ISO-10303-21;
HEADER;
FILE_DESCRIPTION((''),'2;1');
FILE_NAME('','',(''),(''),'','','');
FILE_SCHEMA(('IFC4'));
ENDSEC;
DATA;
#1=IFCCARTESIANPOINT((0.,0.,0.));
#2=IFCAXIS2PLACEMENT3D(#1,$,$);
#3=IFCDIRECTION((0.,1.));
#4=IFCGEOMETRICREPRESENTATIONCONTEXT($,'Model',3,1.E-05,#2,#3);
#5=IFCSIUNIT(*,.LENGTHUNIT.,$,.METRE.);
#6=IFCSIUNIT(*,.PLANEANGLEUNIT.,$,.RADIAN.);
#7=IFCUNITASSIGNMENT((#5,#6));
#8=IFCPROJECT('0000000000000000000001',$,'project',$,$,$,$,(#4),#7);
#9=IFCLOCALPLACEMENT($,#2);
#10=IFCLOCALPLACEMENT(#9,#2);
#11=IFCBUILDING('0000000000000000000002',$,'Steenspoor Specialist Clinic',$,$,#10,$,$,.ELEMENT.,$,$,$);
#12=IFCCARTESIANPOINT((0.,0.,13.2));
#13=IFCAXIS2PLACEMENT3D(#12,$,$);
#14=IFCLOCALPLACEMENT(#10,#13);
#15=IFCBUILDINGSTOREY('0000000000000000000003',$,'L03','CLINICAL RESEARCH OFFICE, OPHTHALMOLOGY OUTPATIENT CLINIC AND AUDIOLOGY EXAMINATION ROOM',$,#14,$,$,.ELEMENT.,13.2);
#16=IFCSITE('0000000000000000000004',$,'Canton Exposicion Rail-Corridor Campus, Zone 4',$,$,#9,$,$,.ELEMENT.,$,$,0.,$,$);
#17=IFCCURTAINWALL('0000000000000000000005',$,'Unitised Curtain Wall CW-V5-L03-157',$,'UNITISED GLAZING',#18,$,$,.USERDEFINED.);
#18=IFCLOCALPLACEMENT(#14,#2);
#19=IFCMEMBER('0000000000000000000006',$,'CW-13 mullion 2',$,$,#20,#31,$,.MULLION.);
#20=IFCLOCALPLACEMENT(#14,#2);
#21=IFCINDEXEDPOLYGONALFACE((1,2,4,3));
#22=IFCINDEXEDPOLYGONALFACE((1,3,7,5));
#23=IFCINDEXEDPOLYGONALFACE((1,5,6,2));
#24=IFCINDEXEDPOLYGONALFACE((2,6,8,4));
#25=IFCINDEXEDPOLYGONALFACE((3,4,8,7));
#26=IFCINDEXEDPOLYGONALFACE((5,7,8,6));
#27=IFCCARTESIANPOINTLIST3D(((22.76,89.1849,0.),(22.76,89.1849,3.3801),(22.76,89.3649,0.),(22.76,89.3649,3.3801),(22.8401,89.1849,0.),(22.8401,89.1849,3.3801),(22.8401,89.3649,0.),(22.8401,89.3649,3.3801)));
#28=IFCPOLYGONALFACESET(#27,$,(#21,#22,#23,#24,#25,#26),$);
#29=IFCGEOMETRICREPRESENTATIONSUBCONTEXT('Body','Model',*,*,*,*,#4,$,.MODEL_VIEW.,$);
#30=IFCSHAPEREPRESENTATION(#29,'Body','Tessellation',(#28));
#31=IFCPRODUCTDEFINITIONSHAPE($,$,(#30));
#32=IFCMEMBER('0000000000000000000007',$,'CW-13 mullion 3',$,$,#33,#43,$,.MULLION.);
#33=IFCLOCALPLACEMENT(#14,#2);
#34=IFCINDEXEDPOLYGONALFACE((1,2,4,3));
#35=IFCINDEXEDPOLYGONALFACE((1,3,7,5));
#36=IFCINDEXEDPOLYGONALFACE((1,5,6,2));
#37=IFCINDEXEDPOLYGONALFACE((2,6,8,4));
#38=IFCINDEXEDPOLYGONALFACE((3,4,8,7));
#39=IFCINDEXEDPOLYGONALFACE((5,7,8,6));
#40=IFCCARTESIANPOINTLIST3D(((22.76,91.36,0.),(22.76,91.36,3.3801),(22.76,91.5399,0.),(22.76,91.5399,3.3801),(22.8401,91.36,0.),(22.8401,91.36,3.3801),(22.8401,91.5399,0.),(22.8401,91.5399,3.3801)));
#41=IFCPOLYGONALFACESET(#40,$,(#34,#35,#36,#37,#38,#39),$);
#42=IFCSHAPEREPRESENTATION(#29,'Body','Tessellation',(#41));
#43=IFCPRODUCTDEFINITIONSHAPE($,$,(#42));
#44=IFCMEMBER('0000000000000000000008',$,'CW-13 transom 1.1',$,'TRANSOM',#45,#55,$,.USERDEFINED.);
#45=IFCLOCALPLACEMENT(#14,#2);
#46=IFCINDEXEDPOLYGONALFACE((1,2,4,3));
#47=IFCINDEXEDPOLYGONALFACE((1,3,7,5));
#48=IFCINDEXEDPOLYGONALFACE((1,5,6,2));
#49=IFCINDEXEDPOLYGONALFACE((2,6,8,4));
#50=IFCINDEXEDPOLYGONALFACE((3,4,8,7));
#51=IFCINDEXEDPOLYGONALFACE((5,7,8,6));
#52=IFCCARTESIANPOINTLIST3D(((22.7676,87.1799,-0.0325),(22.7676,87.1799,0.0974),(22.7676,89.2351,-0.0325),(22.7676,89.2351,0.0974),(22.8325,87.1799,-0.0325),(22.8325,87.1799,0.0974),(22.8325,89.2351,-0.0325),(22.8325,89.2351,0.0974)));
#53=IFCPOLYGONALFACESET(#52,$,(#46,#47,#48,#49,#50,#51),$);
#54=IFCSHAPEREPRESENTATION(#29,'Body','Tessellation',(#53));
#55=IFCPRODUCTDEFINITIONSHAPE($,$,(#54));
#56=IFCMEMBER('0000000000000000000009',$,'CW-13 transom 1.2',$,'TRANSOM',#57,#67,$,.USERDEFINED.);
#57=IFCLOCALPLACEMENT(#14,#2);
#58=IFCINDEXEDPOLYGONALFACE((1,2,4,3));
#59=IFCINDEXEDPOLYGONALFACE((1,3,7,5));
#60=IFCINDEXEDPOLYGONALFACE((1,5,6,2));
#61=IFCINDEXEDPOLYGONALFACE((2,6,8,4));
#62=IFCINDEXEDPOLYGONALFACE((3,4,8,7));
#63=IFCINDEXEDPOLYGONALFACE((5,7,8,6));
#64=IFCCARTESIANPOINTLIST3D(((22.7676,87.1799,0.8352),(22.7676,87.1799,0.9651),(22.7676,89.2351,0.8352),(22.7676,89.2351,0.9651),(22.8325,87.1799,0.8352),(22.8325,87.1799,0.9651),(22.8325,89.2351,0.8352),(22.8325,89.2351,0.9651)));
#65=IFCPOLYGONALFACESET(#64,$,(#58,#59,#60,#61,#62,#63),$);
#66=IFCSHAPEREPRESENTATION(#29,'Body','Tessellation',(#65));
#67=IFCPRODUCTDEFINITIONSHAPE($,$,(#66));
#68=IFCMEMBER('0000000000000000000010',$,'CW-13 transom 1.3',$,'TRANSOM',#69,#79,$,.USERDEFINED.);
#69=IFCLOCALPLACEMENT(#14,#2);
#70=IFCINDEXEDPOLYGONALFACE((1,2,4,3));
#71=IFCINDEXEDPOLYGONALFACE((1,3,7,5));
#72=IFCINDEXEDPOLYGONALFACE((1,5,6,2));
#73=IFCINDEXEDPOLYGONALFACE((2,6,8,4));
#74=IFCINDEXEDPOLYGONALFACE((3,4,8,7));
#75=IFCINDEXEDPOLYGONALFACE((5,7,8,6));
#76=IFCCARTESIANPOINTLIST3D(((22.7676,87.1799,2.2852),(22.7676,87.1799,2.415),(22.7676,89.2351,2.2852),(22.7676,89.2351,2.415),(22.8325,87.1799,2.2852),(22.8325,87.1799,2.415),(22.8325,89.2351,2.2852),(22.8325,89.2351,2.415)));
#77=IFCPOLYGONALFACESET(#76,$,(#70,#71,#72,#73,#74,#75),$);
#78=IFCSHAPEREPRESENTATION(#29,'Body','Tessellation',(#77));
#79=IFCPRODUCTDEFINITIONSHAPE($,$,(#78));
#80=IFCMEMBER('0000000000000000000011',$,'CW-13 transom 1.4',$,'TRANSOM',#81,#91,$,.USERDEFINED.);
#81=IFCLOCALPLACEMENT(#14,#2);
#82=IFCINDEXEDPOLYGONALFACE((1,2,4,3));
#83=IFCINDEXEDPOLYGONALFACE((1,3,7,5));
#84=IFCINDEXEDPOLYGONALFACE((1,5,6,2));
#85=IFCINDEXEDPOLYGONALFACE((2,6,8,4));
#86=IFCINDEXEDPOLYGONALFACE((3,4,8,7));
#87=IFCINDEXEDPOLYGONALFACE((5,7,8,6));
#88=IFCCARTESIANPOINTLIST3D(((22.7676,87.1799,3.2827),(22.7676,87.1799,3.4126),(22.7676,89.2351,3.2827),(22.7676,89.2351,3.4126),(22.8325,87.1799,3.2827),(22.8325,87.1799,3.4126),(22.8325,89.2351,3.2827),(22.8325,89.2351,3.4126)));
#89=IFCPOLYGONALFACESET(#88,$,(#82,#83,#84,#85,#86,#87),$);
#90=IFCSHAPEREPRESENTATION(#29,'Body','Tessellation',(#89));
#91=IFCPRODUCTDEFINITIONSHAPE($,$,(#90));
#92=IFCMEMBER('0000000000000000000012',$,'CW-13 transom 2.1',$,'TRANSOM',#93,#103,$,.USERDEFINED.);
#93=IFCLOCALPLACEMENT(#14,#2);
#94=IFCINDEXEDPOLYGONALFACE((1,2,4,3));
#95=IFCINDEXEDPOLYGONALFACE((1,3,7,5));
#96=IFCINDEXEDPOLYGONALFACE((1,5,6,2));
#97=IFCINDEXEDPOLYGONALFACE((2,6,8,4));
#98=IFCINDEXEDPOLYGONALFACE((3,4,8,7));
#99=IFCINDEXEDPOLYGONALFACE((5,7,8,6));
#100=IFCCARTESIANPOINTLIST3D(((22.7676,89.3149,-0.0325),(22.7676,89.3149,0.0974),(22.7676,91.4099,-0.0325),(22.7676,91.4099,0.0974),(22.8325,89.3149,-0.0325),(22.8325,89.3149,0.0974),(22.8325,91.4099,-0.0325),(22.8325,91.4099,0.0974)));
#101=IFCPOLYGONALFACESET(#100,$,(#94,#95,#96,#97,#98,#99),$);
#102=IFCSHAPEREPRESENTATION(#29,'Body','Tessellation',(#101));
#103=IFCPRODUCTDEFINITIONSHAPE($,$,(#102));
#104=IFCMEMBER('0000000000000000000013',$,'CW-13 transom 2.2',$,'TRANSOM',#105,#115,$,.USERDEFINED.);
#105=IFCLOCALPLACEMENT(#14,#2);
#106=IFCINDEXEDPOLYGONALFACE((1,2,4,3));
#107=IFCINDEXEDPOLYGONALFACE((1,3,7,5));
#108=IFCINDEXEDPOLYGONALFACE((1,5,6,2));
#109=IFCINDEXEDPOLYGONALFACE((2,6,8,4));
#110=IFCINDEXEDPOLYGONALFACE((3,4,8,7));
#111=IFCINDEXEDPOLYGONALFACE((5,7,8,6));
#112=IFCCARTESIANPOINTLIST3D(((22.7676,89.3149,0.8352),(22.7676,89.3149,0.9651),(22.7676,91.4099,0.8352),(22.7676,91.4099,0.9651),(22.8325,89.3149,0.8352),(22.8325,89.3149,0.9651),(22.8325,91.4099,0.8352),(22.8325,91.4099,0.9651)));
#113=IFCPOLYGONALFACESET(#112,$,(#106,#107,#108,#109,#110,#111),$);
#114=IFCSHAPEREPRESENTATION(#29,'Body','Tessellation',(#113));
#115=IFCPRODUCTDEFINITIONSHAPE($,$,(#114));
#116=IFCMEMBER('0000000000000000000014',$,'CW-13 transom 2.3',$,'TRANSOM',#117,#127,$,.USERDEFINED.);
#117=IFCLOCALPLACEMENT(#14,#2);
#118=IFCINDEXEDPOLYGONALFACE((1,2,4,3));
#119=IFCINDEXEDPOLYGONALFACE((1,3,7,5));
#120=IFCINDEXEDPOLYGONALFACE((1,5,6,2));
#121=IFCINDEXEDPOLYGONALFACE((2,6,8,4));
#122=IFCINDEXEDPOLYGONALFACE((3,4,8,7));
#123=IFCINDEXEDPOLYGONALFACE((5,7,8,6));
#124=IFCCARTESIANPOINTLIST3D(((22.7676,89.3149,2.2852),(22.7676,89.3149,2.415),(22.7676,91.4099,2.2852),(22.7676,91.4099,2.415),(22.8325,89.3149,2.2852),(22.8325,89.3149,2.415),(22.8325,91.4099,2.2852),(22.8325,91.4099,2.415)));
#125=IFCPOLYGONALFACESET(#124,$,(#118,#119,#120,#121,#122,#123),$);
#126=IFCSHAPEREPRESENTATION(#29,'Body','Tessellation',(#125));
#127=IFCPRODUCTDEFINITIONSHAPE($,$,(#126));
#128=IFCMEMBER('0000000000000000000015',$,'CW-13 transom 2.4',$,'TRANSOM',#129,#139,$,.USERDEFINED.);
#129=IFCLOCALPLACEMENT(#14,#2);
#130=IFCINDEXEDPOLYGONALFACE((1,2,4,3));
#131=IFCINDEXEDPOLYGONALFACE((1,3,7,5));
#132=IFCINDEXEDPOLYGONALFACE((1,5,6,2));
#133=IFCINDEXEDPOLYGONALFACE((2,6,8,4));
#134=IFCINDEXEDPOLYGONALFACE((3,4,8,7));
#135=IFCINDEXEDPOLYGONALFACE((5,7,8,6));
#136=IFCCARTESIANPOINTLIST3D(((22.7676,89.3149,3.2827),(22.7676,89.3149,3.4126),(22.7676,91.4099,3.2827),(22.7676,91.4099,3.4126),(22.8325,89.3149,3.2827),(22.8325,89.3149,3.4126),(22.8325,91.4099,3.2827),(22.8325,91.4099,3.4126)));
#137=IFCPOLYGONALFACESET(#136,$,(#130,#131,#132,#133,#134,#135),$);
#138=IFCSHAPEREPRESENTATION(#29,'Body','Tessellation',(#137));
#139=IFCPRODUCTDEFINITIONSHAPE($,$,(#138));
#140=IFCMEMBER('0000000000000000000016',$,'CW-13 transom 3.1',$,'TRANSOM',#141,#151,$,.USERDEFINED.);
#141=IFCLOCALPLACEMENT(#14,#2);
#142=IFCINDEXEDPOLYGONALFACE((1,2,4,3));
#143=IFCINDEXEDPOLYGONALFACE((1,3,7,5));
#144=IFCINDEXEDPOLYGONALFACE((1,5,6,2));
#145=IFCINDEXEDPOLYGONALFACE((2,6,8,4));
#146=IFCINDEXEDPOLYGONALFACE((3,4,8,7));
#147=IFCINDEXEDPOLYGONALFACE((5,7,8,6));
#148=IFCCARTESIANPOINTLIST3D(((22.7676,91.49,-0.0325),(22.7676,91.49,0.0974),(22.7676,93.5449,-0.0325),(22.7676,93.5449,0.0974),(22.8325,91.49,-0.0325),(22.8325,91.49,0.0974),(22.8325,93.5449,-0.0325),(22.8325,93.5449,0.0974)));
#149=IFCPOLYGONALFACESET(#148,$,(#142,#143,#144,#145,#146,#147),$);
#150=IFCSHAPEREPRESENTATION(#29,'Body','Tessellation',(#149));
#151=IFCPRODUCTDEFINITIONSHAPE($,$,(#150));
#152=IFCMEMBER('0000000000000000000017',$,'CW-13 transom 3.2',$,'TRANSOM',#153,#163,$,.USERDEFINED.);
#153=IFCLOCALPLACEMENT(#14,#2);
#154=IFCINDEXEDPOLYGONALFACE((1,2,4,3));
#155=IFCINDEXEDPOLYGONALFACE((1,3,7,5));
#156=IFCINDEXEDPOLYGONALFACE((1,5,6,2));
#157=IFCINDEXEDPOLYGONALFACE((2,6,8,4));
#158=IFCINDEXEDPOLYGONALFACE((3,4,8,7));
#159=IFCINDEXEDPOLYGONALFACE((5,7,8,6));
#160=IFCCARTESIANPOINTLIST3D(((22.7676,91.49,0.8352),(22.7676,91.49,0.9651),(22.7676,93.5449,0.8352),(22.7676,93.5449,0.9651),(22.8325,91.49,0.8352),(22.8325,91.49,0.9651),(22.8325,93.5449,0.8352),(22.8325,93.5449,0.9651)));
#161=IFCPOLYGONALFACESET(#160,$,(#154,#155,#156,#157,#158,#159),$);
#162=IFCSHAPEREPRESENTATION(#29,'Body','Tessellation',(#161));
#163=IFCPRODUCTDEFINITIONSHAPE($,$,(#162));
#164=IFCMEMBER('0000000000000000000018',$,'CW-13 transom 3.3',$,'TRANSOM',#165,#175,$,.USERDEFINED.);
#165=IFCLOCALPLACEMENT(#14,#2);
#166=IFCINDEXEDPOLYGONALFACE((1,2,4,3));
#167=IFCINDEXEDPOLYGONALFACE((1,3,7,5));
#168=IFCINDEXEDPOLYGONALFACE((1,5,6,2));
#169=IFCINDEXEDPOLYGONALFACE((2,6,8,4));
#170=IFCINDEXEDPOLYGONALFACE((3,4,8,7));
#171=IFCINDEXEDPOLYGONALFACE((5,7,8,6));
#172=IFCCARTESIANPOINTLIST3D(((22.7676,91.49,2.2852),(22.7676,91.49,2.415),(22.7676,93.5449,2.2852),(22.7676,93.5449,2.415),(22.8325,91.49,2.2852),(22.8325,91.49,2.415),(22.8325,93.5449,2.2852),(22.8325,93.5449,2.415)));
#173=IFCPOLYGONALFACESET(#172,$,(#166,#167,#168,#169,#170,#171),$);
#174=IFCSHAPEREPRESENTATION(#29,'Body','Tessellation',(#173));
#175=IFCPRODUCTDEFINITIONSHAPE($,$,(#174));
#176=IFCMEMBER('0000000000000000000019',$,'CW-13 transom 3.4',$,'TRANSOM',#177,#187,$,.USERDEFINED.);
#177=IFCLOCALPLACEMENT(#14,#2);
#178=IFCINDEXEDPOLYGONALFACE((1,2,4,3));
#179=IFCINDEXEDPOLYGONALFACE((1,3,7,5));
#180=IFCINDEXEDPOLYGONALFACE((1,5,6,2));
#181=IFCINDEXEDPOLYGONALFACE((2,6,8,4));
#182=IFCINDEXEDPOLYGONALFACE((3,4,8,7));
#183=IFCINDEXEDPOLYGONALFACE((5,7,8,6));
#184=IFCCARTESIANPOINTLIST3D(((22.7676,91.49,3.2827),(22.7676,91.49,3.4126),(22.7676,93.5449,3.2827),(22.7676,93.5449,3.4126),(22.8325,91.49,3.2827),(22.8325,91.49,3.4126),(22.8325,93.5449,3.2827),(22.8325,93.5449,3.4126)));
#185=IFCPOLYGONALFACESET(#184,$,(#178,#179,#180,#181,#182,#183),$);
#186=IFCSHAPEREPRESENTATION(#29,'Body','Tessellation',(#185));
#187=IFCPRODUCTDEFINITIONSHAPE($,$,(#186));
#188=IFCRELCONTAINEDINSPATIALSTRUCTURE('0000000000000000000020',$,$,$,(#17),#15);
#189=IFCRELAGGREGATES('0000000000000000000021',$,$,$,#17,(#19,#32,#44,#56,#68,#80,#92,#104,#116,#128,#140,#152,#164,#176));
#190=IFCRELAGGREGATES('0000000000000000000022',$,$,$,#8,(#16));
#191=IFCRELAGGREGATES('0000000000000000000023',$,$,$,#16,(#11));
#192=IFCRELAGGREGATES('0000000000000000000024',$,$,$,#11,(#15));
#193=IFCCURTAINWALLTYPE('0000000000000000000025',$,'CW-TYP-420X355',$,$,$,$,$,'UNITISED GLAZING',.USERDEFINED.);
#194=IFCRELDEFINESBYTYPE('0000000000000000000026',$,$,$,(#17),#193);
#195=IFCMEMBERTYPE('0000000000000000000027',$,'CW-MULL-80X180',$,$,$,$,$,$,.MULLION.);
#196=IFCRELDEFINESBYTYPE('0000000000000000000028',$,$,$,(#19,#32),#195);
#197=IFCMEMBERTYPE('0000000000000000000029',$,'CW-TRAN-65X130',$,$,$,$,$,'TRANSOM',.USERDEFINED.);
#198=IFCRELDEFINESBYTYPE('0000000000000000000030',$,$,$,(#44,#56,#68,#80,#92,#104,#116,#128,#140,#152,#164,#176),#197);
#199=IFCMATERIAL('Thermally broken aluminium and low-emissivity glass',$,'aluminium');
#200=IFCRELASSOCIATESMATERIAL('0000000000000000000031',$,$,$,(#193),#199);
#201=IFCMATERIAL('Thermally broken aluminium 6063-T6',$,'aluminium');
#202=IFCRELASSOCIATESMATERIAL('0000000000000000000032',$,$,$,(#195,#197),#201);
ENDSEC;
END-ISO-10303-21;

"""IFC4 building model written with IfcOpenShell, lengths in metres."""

from ifc_helpers import new_model, si_unit, direction, frame, origin, origin_2d, place, context, subcontext, project, spatial, rectangle, extrude, material, material_profile, profile_set, type_object, element, aggregate, save


model = new_model("IFC4")

# Units and contexts
model_context = context("Model", 3, precision=1e-05, world=origin(), true_north=direction((0.0, 1.0)))
body_context = subcontext(model_context, "Body", "Model", "MODEL_VIEW")
ifc_project = project(units=[si_unit("LENGTHUNIT", "METRE"), si_unit("PLANEANGLEUNIT", "RADIAN")], contexts=[model_context])

# Site, building, storey
site_placement = place(None, origin())
site = spatial("IfcSite", under=ifc_project, at=site_placement, Name="Canton Exposicion Rail-Corridor Campus, Zone 4", CompositionType="ELEMENT", RefElevation=0.0)
building_placement = place(site_placement, origin())
building = spatial("IfcBuilding", under=site, at=building_placement, Name="Steenspoor Specialist Clinic", CompositionType="ELEMENT")
storey_placement = place(building_placement, frame((0.0, 0.0, 13.2)))
storey = spatial("IfcBuildingStorey", under=building, at=storey_placement, Name="L03", Description="CLINICAL RESEARCH OFFICE, OPHTHALMOLOGY OUTPATIENT CLINIC AND AUDIOLOGY EXAMINATION ROOM", CompositionType="ELEMENT", Elevation=13.2)

# Curtain wall, members
ifc_material_1 = material(Name="Thermally broken aluminium and low-emissivity glass", Category="aluminium")
curtain_wall_type = type_object("IfcCurtainWallType", Name="CW-TYP-420X355", ElementType="UNITISED GLAZING", PredefinedType="USERDEFINED", material=ifc_material_1)
curtain_wall_placement = place(storey_placement, origin())
curtain_wall = element("IfcCurtainWall", 1, at=curtain_wall_placement, inside=storey, type_object=curtain_wall_type, Name="Unitised Curtain Wall CW-V5-L03-157", ObjectType="UNITISED GLAZING", PredefinedType="USERDEFINED")
ifc_material_2 = material(Name="Thermally broken aluminium 6063-T6", Category="aluminium")
ifc_material_profile_1 = material_profile(ifc_material_2, rectangle(XDim=0.0801, YDim=0.1799, at=origin_2d()), Name="CWM-80X180")
ifc_profile_set_1 = profile_set([ifc_material_profile_1], Name="Thermally broken aluminium 6063-T6")
member_type_1 = type_object("IfcMemberType", Name="CW-MULL-80X180", PredefinedType="MULLION", material=ifc_profile_set_1)
member_1_placement = place(storey_placement, frame((22.8, 89.2749, 0.0), z_axis=(0.0, 0.0, 1.0), x_axis=(-1.0, 0.0, 0.0)))
member_1 = element("IfcMember", 2, at=member_1_placement, type_object=member_type_1, Name="CW-13 mullion 2", PredefinedType="MULLION", context=body_context, shape_type="SweptSolid", body=[
    extrude(rectangle(XDim=0.0801, YDim=0.1799, at=origin_2d()), origin(), (0.0, 0.0, 1.0), 3.3801),
])
member_2_placement = place(storey_placement, frame((22.8, 91.45, 0.0), z_axis=(0.0, 0.0, 1.0), x_axis=(-1.0, 0.0, 0.0)))
member_2 = element("IfcMember", 3, at=member_2_placement, type_object=member_type_1, Name="CW-13 mullion 3", PredefinedType="MULLION", context=body_context, shape_type="SweptSolid", body=[
    extrude(rectangle(XDim=0.0801, YDim=0.1799, at=origin_2d()), origin(), (0.0, 0.0, 1.0), 3.3801),
])
ifc_material_profile_2 = material_profile(ifc_material_2, rectangle(XDim=0.0649, YDim=0.1299, at=origin_2d()), Name="CWT-65X130")
ifc_profile_set_2 = profile_set([ifc_material_profile_2], Name="Thermally broken aluminium 6063-T6")
member_type_2 = type_object("IfcMemberType", Name="CW-TRAN-65X130", ElementType="TRANSOM", PredefinedType="USERDEFINED", material=ifc_profile_set_2)
member_3_placement = place(storey_placement, frame((22.8, 87.1799, 0.0325), z_axis=(0.0, 1.0, 0.0), x_axis=(-1.0, 0.0, 0.0)))
member_3 = element("IfcMember", 4, at=member_3_placement, type_object=member_type_2, Name="CW-13 transom 1.1", ObjectType="TRANSOM", PredefinedType="USERDEFINED", context=body_context, shape_type="SweptSolid", body=[
    extrude(rectangle(XDim=0.0649, YDim=0.1299, at=origin_2d()), origin(), (0.0, 0.0, 1.0), 2.0552),
])
member_4_placement = place(storey_placement, frame((22.8, 87.1799, 0.9001), z_axis=(0.0, 1.0, 0.0), x_axis=(-1.0, 0.0, 0.0)))
member_4 = element("IfcMember", 5, at=member_4_placement, type_object=member_type_2, Name="CW-13 transom 1.2", ObjectType="TRANSOM", PredefinedType="USERDEFINED", context=body_context, shape_type="SweptSolid", body=[
    extrude(rectangle(XDim=0.0649, YDim=0.1299, at=origin_2d()), origin(), (0.0, 0.0, 1.0), 2.0552),
])
member_5_placement = place(storey_placement, frame((22.8, 87.1799, 2.3501), z_axis=(0.0, 1.0, 0.0), x_axis=(-1.0, 0.0, 0.0)))
member_5 = element("IfcMember", 6, at=member_5_placement, type_object=member_type_2, Name="CW-13 transom 1.3", ObjectType="TRANSOM", PredefinedType="USERDEFINED", context=body_context, shape_type="SweptSolid", body=[
    extrude(rectangle(XDim=0.0649, YDim=0.1299, at=origin_2d()), origin(), (0.0, 0.0, 1.0), 2.0552),
])
member_6_placement = place(storey_placement, frame((22.8, 87.1799, 3.3477), z_axis=(0.0, 1.0, 0.0), x_axis=(-1.0, 0.0, 0.0)))
member_6 = element("IfcMember", 7, at=member_6_placement, type_object=member_type_2, Name="CW-13 transom 1.4", ObjectType="TRANSOM", PredefinedType="USERDEFINED", context=body_context, shape_type="SweptSolid", body=[
    extrude(rectangle(XDim=0.0649, YDim=0.1299, at=origin_2d()), origin(), (0.0, 0.0, 1.0), 2.0552),
])
member_7_placement = place(storey_placement, frame((22.8, 89.3149, 0.0325), z_axis=(0.0, 1.0, 0.0), x_axis=(-1.0, 0.0, 0.0)))
member_7 = element("IfcMember", 8, at=member_7_placement, type_object=member_type_2, Name="CW-13 transom 2.1", ObjectType="TRANSOM", PredefinedType="USERDEFINED", context=body_context, shape_type="SweptSolid", body=[
    extrude(rectangle(XDim=0.0649, YDim=0.1299, at=origin_2d()), origin(), (0.0, 0.0, 1.0), 2.095),
])
member_8_placement = place(storey_placement, frame((22.8, 89.3149, 0.9001), z_axis=(0.0, 1.0, 0.0), x_axis=(-1.0, 0.0, 0.0)))
member_8 = element("IfcMember", 9, at=member_8_placement, type_object=member_type_2, Name="CW-13 transom 2.2", ObjectType="TRANSOM", PredefinedType="USERDEFINED", context=body_context, shape_type="SweptSolid", body=[
    extrude(rectangle(XDim=0.0649, YDim=0.1299, at=origin_2d()), origin(), (0.0, 0.0, 1.0), 2.095),
])
member_9_placement = place(storey_placement, frame((22.8, 89.3149, 2.3501), z_axis=(0.0, 1.0, 0.0), x_axis=(-1.0, 0.0, 0.0)))
member_9 = element("IfcMember", 10, at=member_9_placement, type_object=member_type_2, Name="CW-13 transom 2.3", ObjectType="TRANSOM", PredefinedType="USERDEFINED", context=body_context, shape_type="SweptSolid", body=[
    extrude(rectangle(XDim=0.0649, YDim=0.1299, at=origin_2d()), origin(), (0.0, 0.0, 1.0), 2.095),
])
member_10_placement = place(storey_placement, frame((22.8, 89.3149, 3.3477), z_axis=(0.0, 1.0, 0.0), x_axis=(-1.0, 0.0, 0.0)))
member_10 = element("IfcMember", 11, at=member_10_placement, type_object=member_type_2, Name="CW-13 transom 2.4", ObjectType="TRANSOM", PredefinedType="USERDEFINED", context=body_context, shape_type="SweptSolid", body=[
    extrude(rectangle(XDim=0.0649, YDim=0.1299, at=origin_2d()), origin(), (0.0, 0.0, 1.0), 2.095),
])
member_11_placement = place(storey_placement, frame((22.8, 91.49, 0.0325), z_axis=(0.0, 1.0, 0.0), x_axis=(-1.0, 0.0, 0.0)))
member_11 = element("IfcMember", 12, at=member_11_placement, type_object=member_type_2, Name="CW-13 transom 3.1", ObjectType="TRANSOM", PredefinedType="USERDEFINED", context=body_context, shape_type="SweptSolid", body=[
    extrude(rectangle(XDim=0.0649, YDim=0.1299, at=origin_2d()), origin(), (0.0, 0.0, 1.0), 2.0549),
])
member_12_placement = place(storey_placement, frame((22.8, 91.49, 0.9001), z_axis=(0.0, 1.0, 0.0), x_axis=(-1.0, 0.0, 0.0)))
member_12 = element("IfcMember", 13, at=member_12_placement, type_object=member_type_2, Name="CW-13 transom 3.2", ObjectType="TRANSOM", PredefinedType="USERDEFINED", context=body_context, shape_type="SweptSolid", body=[
    extrude(rectangle(XDim=0.0649, YDim=0.1299, at=origin_2d()), origin(), (0.0, 0.0, 1.0), 2.0549),
])
member_13_placement = place(storey_placement, frame((22.8, 91.49, 2.3501), z_axis=(0.0, 1.0, 0.0), x_axis=(-1.0, 0.0, 0.0)))
member_13 = element("IfcMember", 14, at=member_13_placement, type_object=member_type_2, Name="CW-13 transom 3.3", ObjectType="TRANSOM", PredefinedType="USERDEFINED", context=body_context, shape_type="SweptSolid", body=[
    extrude(rectangle(XDim=0.0649, YDim=0.1299, at=origin_2d()), origin(), (0.0, 0.0, 1.0), 2.0549),
])
member_14_placement = place(storey_placement, frame((22.8, 91.49, 3.3477), z_axis=(0.0, 1.0, 0.0), x_axis=(-1.0, 0.0, 0.0)))
member_14 = element("IfcMember", 15, at=member_14_placement, type_object=member_type_2, Name="CW-13 transom 3.4", ObjectType="TRANSOM", PredefinedType="USERDEFINED", context=body_context, shape_type="SweptSolid", body=[
    extrude(rectangle(XDim=0.0649, YDim=0.1299, at=origin_2d()), origin(), (0.0, 0.0, 1.0), 2.0549),
])

aggregate(curtain_wall, [member_1, member_2, member_3, member_4, member_5, member_6, member_7, member_8, member_9, member_10, member_11, member_12, member_13, member_14])

save(model, "model.ifc")
